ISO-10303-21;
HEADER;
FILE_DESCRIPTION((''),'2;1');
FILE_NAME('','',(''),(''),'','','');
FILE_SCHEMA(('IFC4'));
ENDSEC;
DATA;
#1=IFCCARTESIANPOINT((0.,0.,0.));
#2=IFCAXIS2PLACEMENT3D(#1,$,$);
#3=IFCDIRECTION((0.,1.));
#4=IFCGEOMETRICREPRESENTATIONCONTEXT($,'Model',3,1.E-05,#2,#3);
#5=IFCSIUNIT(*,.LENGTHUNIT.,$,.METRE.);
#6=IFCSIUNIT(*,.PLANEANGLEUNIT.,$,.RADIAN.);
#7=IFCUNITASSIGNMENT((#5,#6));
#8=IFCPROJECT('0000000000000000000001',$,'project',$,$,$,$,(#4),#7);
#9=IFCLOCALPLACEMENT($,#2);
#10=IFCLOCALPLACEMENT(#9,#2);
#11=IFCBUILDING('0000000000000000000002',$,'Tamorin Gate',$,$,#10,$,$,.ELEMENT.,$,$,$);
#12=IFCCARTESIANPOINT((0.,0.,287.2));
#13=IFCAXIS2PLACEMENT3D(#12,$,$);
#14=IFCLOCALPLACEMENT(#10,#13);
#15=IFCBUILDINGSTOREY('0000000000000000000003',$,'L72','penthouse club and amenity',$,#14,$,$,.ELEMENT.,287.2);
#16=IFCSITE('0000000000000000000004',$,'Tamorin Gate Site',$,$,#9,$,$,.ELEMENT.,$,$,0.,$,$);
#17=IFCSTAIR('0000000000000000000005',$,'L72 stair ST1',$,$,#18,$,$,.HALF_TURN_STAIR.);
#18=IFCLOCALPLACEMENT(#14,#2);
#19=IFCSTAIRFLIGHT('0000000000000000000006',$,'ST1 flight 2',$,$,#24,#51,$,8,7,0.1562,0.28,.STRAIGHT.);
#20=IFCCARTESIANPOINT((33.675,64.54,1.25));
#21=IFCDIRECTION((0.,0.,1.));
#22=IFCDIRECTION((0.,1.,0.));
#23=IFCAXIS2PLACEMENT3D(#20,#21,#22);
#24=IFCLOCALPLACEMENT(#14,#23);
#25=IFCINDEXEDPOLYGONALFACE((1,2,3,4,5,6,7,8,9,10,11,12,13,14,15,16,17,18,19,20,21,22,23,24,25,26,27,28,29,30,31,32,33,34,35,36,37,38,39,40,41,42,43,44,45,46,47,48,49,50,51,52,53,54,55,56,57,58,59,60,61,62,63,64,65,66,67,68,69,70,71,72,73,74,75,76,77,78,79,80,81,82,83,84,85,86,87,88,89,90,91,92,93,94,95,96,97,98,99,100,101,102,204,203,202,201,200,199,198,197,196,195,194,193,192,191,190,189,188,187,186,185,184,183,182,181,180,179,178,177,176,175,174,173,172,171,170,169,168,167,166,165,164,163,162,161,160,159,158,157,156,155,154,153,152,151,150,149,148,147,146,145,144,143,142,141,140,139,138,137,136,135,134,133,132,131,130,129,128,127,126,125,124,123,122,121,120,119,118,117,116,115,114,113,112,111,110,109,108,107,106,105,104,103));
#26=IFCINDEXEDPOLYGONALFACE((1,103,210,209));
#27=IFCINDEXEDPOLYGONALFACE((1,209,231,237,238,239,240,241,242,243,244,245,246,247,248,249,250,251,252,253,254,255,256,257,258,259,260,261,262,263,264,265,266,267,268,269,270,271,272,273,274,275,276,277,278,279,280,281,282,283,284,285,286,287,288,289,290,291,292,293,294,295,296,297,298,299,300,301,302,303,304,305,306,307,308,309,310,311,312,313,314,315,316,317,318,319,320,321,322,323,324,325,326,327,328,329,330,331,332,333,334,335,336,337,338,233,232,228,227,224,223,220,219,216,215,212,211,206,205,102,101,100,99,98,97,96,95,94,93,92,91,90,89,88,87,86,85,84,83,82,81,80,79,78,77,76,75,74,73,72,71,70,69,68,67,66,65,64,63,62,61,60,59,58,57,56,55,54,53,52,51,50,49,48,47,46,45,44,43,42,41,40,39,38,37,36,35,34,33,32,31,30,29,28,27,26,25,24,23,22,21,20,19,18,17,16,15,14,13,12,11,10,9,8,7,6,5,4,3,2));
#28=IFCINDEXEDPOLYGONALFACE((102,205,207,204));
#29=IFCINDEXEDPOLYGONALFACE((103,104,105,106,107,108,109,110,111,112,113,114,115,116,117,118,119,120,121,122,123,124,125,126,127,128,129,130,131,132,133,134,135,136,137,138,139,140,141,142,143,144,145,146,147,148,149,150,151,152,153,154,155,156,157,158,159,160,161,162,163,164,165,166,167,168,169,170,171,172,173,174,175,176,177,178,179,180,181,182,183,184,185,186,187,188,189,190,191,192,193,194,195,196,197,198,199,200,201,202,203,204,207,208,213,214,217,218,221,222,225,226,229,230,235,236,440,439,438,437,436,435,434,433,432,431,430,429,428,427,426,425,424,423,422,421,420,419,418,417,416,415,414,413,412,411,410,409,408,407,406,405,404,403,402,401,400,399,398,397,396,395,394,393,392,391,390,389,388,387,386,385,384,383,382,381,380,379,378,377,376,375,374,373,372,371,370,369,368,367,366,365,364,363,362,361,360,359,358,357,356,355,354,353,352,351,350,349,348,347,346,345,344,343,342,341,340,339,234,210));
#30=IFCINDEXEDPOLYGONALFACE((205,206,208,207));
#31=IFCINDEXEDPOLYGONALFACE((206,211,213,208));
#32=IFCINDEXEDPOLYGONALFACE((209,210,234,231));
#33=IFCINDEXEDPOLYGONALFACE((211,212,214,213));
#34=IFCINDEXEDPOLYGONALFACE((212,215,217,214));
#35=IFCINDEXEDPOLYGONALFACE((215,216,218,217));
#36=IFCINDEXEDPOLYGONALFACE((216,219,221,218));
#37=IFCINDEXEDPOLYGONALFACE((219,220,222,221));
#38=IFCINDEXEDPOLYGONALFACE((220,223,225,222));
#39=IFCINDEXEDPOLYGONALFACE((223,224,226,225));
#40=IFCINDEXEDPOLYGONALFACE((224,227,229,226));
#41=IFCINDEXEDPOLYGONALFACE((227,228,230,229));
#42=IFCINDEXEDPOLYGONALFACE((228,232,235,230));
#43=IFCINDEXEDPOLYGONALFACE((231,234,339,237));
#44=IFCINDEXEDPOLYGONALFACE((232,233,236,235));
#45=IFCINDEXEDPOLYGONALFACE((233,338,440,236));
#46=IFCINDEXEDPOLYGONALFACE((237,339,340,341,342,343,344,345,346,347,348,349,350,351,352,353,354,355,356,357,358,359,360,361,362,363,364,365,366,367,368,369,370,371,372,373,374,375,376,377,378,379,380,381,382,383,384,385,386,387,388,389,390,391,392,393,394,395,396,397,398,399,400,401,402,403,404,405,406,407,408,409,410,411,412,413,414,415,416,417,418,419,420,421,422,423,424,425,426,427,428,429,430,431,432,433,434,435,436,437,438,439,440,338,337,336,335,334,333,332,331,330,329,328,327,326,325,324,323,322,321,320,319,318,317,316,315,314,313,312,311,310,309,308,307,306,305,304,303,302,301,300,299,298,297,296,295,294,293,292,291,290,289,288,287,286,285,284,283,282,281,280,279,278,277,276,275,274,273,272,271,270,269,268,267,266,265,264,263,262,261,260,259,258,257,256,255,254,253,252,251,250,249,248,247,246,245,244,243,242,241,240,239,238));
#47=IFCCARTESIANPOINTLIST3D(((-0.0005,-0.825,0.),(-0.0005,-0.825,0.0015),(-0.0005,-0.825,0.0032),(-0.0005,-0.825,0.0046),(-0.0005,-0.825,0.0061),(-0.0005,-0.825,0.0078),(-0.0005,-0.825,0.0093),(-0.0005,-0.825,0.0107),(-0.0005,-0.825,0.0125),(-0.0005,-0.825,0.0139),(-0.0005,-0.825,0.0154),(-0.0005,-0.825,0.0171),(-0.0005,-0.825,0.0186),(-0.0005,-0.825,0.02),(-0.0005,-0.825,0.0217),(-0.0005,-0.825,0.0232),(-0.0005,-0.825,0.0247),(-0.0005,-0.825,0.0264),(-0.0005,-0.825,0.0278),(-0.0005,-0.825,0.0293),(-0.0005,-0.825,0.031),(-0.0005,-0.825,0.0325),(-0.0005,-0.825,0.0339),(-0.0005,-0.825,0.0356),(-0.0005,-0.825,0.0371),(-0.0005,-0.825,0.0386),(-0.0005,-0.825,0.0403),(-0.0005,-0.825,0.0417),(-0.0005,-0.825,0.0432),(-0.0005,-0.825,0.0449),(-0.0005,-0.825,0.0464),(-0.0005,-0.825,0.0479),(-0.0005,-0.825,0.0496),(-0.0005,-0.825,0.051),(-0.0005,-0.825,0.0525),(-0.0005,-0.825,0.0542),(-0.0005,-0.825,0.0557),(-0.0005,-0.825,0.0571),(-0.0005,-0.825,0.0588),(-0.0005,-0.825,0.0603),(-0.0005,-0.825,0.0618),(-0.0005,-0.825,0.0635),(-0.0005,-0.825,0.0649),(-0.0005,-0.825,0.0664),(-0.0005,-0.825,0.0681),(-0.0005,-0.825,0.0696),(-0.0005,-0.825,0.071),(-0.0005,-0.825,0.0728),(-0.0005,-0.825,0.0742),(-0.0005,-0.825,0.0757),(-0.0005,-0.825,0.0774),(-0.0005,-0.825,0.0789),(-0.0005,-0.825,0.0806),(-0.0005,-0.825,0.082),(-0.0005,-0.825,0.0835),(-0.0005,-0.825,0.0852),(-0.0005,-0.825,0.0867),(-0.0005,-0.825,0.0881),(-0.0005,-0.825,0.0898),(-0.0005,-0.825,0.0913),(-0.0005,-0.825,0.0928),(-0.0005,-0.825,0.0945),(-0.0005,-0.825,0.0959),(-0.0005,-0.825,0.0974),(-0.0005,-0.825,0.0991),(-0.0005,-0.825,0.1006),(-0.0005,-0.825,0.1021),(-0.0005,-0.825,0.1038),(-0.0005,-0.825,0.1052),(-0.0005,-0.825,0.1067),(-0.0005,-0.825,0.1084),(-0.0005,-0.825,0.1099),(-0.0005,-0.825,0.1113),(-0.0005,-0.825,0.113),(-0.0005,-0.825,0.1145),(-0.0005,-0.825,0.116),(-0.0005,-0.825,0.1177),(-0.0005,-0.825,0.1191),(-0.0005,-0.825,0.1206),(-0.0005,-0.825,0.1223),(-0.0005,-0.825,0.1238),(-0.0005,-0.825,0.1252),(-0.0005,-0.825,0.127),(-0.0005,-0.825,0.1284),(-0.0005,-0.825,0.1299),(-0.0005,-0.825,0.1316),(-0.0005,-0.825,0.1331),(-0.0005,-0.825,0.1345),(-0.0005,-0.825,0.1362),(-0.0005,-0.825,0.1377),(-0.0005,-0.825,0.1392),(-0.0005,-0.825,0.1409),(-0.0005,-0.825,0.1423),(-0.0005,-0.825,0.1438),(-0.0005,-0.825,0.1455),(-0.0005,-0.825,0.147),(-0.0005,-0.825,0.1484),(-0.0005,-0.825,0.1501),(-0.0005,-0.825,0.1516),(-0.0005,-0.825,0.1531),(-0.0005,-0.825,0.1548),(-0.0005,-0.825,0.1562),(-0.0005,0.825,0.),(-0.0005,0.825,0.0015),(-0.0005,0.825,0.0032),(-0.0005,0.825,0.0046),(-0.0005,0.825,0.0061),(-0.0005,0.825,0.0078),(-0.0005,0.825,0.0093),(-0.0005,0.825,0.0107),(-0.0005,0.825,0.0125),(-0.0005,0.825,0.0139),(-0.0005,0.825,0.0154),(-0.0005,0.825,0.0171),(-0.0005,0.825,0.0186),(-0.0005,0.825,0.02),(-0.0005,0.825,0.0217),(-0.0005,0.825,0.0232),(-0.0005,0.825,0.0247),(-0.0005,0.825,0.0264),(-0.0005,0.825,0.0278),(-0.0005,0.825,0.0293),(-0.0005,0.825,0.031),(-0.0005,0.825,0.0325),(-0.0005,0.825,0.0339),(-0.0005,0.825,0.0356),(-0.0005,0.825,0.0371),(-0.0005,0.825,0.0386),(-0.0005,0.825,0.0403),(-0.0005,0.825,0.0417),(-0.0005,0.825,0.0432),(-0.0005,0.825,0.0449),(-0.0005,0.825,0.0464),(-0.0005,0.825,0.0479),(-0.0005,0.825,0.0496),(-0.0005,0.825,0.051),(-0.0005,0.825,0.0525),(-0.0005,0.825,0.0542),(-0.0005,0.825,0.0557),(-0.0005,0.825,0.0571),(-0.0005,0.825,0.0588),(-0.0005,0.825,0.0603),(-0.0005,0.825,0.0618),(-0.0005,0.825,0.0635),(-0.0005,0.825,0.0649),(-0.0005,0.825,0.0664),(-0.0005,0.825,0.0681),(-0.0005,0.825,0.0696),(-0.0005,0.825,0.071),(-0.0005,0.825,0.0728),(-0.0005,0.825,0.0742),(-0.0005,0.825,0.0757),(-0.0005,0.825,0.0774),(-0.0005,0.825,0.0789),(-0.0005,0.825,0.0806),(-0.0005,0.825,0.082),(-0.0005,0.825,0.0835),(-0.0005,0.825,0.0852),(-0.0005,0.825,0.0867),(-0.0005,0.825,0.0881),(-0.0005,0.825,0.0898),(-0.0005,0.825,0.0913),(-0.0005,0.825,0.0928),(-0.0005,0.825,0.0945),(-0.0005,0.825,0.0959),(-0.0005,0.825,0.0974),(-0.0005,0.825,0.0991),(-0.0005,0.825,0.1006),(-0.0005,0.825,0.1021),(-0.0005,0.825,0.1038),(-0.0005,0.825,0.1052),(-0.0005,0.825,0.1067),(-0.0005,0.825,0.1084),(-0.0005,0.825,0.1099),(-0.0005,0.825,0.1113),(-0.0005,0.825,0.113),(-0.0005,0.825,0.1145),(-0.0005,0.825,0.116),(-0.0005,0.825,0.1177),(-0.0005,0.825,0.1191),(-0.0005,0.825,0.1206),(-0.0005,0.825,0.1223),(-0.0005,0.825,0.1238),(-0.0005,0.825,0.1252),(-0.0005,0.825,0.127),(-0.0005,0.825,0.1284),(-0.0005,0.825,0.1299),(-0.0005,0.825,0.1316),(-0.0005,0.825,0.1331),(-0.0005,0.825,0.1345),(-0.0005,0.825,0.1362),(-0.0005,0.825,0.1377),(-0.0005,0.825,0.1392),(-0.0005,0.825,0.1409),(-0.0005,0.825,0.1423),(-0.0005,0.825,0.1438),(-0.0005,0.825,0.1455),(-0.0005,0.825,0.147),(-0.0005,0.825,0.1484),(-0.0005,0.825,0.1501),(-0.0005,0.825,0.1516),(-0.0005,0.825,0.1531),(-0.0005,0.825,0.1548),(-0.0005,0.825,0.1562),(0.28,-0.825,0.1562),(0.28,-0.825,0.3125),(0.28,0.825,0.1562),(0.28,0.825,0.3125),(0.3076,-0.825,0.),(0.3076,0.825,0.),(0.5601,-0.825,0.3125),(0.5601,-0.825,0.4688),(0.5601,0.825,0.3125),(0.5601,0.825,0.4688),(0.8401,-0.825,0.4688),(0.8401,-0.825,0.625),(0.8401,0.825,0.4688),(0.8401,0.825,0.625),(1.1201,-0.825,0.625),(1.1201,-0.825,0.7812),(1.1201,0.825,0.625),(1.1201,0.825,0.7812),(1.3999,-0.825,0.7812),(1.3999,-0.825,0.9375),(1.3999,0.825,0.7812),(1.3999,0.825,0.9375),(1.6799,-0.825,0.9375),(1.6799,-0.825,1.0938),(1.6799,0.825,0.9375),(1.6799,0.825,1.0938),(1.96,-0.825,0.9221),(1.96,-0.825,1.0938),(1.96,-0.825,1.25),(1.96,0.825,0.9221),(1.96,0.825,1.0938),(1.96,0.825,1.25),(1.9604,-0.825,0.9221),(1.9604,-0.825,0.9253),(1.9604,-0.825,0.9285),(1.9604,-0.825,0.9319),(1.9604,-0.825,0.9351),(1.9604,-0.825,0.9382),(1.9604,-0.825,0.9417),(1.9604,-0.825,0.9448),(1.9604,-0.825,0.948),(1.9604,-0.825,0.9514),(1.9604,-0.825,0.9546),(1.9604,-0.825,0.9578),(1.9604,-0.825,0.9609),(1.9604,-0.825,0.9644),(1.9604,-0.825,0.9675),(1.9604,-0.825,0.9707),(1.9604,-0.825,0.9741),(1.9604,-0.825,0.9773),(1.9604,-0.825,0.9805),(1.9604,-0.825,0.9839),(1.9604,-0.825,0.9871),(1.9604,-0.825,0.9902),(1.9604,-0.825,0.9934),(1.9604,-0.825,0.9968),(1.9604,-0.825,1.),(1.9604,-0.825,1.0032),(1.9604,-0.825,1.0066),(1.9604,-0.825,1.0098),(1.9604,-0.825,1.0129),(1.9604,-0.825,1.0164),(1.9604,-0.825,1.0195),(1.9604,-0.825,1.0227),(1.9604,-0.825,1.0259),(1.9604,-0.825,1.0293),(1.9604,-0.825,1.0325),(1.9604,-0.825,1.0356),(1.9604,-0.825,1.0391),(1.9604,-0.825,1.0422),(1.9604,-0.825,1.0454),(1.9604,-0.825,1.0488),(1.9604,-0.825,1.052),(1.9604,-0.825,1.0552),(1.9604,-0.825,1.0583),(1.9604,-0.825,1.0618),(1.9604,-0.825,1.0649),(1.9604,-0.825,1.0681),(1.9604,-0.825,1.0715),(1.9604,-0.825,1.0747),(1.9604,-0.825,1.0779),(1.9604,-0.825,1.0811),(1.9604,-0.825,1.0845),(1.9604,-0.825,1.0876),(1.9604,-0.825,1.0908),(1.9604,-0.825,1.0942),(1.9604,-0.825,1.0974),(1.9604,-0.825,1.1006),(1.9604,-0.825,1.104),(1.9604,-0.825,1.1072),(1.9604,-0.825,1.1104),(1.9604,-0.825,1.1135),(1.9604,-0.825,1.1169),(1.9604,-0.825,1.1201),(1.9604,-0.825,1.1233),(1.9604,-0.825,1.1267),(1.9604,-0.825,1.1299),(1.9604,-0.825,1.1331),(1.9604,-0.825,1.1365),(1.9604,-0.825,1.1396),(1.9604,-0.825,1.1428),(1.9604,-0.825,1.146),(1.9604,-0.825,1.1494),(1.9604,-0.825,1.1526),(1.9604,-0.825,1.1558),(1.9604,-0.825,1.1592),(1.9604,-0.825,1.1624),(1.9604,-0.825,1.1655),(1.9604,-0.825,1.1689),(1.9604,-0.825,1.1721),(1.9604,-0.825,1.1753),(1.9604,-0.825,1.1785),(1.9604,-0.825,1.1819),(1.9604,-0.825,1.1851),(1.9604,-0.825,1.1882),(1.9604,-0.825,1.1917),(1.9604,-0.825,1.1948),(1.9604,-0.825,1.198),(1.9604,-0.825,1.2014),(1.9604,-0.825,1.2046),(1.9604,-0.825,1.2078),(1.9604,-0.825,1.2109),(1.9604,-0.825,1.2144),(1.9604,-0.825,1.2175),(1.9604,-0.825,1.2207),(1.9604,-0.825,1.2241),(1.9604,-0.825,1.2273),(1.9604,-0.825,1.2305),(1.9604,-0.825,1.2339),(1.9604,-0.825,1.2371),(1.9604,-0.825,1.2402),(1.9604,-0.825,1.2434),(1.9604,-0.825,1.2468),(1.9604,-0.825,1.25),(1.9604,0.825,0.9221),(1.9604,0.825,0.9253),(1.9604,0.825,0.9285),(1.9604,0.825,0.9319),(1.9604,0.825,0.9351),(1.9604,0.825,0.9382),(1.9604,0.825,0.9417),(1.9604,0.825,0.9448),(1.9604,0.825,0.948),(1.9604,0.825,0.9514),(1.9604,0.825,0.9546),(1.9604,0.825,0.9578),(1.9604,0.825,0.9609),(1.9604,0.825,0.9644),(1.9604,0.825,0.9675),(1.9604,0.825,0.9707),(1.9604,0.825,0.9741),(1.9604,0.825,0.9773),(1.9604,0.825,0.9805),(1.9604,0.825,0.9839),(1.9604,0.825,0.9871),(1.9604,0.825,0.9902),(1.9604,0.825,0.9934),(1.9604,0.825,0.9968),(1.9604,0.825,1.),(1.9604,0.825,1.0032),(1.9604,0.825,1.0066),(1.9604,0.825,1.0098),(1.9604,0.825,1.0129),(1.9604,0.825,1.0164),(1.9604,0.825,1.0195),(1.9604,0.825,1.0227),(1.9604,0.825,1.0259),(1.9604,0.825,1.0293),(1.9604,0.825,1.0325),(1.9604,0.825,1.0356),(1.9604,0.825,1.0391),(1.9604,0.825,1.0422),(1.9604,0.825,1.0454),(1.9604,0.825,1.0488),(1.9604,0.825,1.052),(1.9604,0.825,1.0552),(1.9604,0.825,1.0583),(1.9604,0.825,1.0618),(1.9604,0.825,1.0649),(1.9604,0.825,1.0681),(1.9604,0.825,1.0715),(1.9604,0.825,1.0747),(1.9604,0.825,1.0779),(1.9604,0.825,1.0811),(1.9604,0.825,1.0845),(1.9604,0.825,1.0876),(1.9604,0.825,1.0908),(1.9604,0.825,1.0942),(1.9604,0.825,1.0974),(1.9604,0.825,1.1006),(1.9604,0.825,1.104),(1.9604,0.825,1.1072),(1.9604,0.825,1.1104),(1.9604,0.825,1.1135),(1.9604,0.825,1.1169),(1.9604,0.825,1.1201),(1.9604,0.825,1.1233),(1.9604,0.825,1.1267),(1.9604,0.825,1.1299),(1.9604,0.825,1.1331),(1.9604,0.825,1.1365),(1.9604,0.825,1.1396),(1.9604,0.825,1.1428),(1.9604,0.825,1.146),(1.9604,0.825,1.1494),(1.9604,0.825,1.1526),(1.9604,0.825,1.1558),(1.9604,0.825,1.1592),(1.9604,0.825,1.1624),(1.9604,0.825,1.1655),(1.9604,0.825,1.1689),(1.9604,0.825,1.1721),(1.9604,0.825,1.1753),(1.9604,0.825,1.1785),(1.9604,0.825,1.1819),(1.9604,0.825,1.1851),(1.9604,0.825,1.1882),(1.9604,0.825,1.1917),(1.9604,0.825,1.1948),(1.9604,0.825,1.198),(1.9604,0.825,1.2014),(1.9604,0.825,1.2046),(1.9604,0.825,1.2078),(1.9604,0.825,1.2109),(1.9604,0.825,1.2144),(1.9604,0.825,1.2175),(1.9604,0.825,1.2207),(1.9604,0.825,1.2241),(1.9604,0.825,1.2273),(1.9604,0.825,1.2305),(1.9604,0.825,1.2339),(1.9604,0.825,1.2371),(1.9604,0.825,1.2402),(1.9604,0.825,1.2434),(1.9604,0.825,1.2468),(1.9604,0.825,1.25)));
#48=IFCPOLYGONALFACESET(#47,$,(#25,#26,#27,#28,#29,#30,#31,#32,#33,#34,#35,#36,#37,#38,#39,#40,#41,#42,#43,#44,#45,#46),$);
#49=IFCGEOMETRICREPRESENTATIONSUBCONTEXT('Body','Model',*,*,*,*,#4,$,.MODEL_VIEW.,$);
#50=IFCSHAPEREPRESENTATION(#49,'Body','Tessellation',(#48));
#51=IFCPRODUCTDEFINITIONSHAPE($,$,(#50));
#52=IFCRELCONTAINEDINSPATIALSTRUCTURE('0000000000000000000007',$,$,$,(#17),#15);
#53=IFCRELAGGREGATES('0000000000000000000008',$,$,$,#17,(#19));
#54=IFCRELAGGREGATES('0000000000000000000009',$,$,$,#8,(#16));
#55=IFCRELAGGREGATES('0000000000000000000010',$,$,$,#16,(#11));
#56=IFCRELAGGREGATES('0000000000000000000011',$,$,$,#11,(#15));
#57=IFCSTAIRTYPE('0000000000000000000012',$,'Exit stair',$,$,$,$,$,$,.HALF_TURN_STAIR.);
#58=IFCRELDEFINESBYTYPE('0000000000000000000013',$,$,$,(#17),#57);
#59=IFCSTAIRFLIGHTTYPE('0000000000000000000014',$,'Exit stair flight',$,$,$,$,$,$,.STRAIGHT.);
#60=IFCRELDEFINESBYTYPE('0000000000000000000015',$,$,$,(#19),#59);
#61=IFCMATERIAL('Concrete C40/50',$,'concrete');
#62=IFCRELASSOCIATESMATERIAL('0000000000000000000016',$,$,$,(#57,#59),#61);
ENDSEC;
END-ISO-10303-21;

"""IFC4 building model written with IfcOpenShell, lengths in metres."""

from ifc_helpers import new_model, si_unit, direction, frame, origin, place, context, subcontext, project, spatial, polyline, outline, extrude, material, type_object, element, aggregate, save


model = new_model("IFC4")

# Units and contexts
model_context = context("Model", 3, precision=1e-05, world=origin(), true_north=direction((0.0, 1.0)))
body_context = subcontext(model_context, "Body", "Model", "MODEL_VIEW")
ifc_project = project(units=[si_unit("LENGTHUNIT", "METRE"), si_unit("PLANEANGLEUNIT", "RADIAN")], contexts=[model_context])

# Site, building, storey
site_placement = place(None, origin())
site = spatial("IfcSite", under=ifc_project, at=site_placement, Name="Tamorin Gate Site", CompositionType="ELEMENT", RefElevation=0.0)
building_placement = place(site_placement, origin())
building = spatial("IfcBuilding", under=site, at=building_placement, Name="Tamorin Gate", CompositionType="ELEMENT")
storey_placement = place(building_placement, frame((0.0, 0.0, 287.2)))
storey = spatial("IfcBuildingStorey", under=building, at=storey_placement, Name="L72", Description="penthouse club and amenity", CompositionType="ELEMENT", Elevation=287.2)

# Stair, stair flight
ifc_material_1 = material(Name="Concrete C40/50", Category="concrete")
stair_type = type_object("IfcStairType", Name="Exit stair", PredefinedType="HALF_TURN_STAIR", material=ifc_material_1)
stair_placement = place(storey_placement, origin())
stair = element("IfcStair", 1, at=stair_placement, inside=storey, type_object=stair_type, Name="L72 stair ST1", PredefinedType="HALF_TURN_STAIR")
stair_flight_type = type_object("IfcStairFlightType", Name="Exit stair flight", PredefinedType="STRAIGHT", material=ifc_material_1)
stair_flight_1_placement = place(storey_placement, frame((33.675, 64.54, 1.25), z_axis=(0.0, 0.0, 1.0), x_axis=(0.0, 1.0, 0.0)))
stair_flight_1 = element("IfcStairFlight", 2, at=stair_flight_1_placement, type_object=stair_flight_type, Name="ST1 flight 2", NumberOfRisers=8, NumberOfTreads=7, PredefinedType="STRAIGHT", RiserHeight=0.1562, TreadLength=0.28, context=body_context, shape_type="SweptSolid", body=[
    extrude(outline(polyline([(-0.0005, 0.0), (-0.0005, 0.0015), (-0.0005, 0.0032), (-0.0005, 0.0046), (-0.0005, 0.0061), (-0.0005, 0.0078), (-0.0005, 0.0093), (-0.0005, 0.0107), (-0.0005, 0.0125), (-0.0005, 0.0139), (-0.0005, 0.0154), (-0.0005, 0.0171), (-0.0005, 0.0186), (-0.0005, 0.02), (-0.0005, 0.0217), (-0.0005, 0.0232), (-0.0005, 0.0247), (-0.0005, 0.0264), (-0.0005, 0.0278), (-0.0005, 0.0293), (-0.0005, 0.031), (-0.0005, 0.0325), (-0.0005, 0.0339), (-0.0005, 0.0356), (-0.0005, 0.0371), (-0.0005, 0.0386), (-0.0005, 0.0403), (-0.0005, 0.0417), (-0.0005, 0.0432), (-0.0005, 0.0449), (-0.0005, 0.0464), (-0.0005, 0.0479), (-0.0005, 0.0496), (-0.0005, 0.051), (-0.0005, 0.0525), (-0.0005, 0.0542), (-0.0005, 0.0557), (-0.0005, 0.0571), (-0.0005, 0.0588), (-0.0005, 0.0603), (-0.0005, 0.0618), (-0.0005, 0.0635), (-0.0005, 0.0649), (-0.0005, 0.0664), (-0.0005, 0.0681), (-0.0005, 0.0696), (-0.0005, 0.071), (-0.0005, 0.0728), (-0.0005, 0.0742), (-0.0005, 0.0757), (-0.0005, 0.0774), (-0.0005, 0.0789), (-0.0005, 0.0806), (-0.0005, 0.082), (-0.0005, 0.0835), (-0.0005, 0.0852), (-0.0005, 0.0867), (-0.0005, 0.0881), (-0.0005, 0.0898), (-0.0005, 0.0913), (-0.0005, 0.0928), (-0.0005, 0.0945), (-0.0005, 0.0959), (-0.0005, 0.0974), (-0.0005, 0.0991), (-0.0005, 0.1006), (-0.0005, 0.1021), (-0.0005, 0.1038), (-0.0005, 0.1052), (-0.0005, 0.1067), (-0.0005, 0.1084), (-0.0005, 0.1099), (-0.0005, 0.1113), (-0.0005, 0.113), (-0.0005, 0.1145), (-0.0005, 0.116), (-0.0005, 0.1177), (-0.0005, 0.1191), (-0.0005, 0.1206), (-0.0005, 0.1223), (-0.0005, 0.1238), (-0.0005, 0.1252), (-0.0005, 0.127), (-0.0005, 0.1284), (-0.0005, 0.1299), (-0.0005, 0.1316), (-0.0005, 0.1331), (-0.0005, 0.1345), (-0.0005, 0.1362), (-0.0005, 0.1377), (-0.0005, 0.1392), (-0.0005, 0.1409), (-0.0005, 0.1423), (-0.0005, 0.1438), (-0.0005, 0.1455), (-0.0005, 0.147), (-0.0005, 0.1484), (-0.0005, 0.1501), (-0.0005, 0.1516), (-0.0005, 0.1531), (-0.0005, 0.1548), (-0.0005, 0.1562), (0.28, 0.1562), (0.28, 0.3125), (0.5601, 0.3125), (0.5601, 0.4688), (0.8401, 0.4688), (0.8401, 0.625), (1.1201, 0.625), (1.1201, 0.7812), (1.3999, 0.7812), (1.3999, 0.9375), (1.6799, 0.9375), (1.6799, 1.0938), (1.96, 1.0938), (1.96, 1.25), (1.9604, 1.25), (1.9604, 1.2468), (1.9604, 1.2434), (1.9604, 1.2402), (1.9604, 1.2371), (1.9604, 1.2339), (1.9604, 1.2305), (1.9604, 1.2273), (1.9604, 1.2241), (1.9604, 1.2207), (1.9604, 1.2175), (1.9604, 1.2144), (1.9604, 1.2109), (1.9604, 1.2078), (1.9604, 1.2046), (1.9604, 1.2014), (1.9604, 1.198), (1.9604, 1.1948), (1.9604, 1.1917), (1.9604, 1.1882), (1.9604, 1.1851), (1.9604, 1.1819), (1.9604, 1.1785), (1.9604, 1.1753), (1.9604, 1.1721), (1.9604, 1.1689), (1.9604, 1.1655), (1.9604, 1.1624), (1.9604, 1.1592), (1.9604, 1.1558), (1.9604, 1.1526), (1.9604, 1.1494), (1.9604, 1.146), (1.9604, 1.1428), (1.9604, 1.1396), (1.9604, 1.1365), (1.9604, 1.1331), (1.9604, 1.1299), (1.9604, 1.1267), (1.9604, 1.1233), (1.9604, 1.1201), (1.9604, 1.1169), (1.9604, 1.1135), (1.9604, 1.1104), (1.9604, 1.1072), (1.9604, 1.104), (1.9604, 1.1006), (1.9604, 1.0974), (1.9604, 1.0942), (1.9604, 1.0908), (1.9604, 1.0876), (1.9604, 1.0845), (1.9604, 1.0811), (1.9604, 1.0779), (1.9604, 1.0747), (1.9604, 1.0715), (1.9604, 1.0681), (1.9604, 1.0649), (1.9604, 1.0618), (1.9604, 1.0583), (1.9604, 1.0552), (1.9604, 1.052), (1.9604, 1.0488), (1.9604, 1.0454), (1.9604, 1.0422), (1.9604, 1.0391), (1.9604, 1.0356), (1.9604, 1.0325), (1.9604, 1.0293), (1.9604, 1.0259), (1.9604, 1.0227), (1.9604, 1.0195), (1.9604, 1.0164), (1.9604, 1.0129), (1.9604, 1.0098), (1.9604, 1.0066), (1.9604, 1.0032), (1.9604, 1.0), (1.9604, 0.9968), (1.9604, 0.9934), (1.9604, 0.9902), (1.9604, 0.9871), (1.9604, 0.9839), (1.9604, 0.9805), (1.9604, 0.9773), (1.9604, 0.9741), (1.9604, 0.9707), (1.9604, 0.9675), (1.9604, 0.9644), (1.9604, 0.9609), (1.9604, 0.9578), (1.9604, 0.9546), (1.9604, 0.9514), (1.9604, 0.948), (1.9604, 0.9448), (1.9604, 0.9417), (1.9604, 0.9382), (1.9604, 0.9351), (1.9604, 0.9319), (1.9604, 0.9285), (1.9604, 0.9253), (1.9604, 0.9221), (1.96, 0.9221), (0.3076, 0.0), (-0.0005, 0.0)])), frame((0.0, 0.825, 0.0), z_axis=(0.0, -1.0, 0.0), x_axis=(1.0, 0.0, 0.0)), (0.0, 0.0, 1.0), 1.6499),
])
aggregate(stair, [stair_flight_1])

save(model, "model.ifc")
